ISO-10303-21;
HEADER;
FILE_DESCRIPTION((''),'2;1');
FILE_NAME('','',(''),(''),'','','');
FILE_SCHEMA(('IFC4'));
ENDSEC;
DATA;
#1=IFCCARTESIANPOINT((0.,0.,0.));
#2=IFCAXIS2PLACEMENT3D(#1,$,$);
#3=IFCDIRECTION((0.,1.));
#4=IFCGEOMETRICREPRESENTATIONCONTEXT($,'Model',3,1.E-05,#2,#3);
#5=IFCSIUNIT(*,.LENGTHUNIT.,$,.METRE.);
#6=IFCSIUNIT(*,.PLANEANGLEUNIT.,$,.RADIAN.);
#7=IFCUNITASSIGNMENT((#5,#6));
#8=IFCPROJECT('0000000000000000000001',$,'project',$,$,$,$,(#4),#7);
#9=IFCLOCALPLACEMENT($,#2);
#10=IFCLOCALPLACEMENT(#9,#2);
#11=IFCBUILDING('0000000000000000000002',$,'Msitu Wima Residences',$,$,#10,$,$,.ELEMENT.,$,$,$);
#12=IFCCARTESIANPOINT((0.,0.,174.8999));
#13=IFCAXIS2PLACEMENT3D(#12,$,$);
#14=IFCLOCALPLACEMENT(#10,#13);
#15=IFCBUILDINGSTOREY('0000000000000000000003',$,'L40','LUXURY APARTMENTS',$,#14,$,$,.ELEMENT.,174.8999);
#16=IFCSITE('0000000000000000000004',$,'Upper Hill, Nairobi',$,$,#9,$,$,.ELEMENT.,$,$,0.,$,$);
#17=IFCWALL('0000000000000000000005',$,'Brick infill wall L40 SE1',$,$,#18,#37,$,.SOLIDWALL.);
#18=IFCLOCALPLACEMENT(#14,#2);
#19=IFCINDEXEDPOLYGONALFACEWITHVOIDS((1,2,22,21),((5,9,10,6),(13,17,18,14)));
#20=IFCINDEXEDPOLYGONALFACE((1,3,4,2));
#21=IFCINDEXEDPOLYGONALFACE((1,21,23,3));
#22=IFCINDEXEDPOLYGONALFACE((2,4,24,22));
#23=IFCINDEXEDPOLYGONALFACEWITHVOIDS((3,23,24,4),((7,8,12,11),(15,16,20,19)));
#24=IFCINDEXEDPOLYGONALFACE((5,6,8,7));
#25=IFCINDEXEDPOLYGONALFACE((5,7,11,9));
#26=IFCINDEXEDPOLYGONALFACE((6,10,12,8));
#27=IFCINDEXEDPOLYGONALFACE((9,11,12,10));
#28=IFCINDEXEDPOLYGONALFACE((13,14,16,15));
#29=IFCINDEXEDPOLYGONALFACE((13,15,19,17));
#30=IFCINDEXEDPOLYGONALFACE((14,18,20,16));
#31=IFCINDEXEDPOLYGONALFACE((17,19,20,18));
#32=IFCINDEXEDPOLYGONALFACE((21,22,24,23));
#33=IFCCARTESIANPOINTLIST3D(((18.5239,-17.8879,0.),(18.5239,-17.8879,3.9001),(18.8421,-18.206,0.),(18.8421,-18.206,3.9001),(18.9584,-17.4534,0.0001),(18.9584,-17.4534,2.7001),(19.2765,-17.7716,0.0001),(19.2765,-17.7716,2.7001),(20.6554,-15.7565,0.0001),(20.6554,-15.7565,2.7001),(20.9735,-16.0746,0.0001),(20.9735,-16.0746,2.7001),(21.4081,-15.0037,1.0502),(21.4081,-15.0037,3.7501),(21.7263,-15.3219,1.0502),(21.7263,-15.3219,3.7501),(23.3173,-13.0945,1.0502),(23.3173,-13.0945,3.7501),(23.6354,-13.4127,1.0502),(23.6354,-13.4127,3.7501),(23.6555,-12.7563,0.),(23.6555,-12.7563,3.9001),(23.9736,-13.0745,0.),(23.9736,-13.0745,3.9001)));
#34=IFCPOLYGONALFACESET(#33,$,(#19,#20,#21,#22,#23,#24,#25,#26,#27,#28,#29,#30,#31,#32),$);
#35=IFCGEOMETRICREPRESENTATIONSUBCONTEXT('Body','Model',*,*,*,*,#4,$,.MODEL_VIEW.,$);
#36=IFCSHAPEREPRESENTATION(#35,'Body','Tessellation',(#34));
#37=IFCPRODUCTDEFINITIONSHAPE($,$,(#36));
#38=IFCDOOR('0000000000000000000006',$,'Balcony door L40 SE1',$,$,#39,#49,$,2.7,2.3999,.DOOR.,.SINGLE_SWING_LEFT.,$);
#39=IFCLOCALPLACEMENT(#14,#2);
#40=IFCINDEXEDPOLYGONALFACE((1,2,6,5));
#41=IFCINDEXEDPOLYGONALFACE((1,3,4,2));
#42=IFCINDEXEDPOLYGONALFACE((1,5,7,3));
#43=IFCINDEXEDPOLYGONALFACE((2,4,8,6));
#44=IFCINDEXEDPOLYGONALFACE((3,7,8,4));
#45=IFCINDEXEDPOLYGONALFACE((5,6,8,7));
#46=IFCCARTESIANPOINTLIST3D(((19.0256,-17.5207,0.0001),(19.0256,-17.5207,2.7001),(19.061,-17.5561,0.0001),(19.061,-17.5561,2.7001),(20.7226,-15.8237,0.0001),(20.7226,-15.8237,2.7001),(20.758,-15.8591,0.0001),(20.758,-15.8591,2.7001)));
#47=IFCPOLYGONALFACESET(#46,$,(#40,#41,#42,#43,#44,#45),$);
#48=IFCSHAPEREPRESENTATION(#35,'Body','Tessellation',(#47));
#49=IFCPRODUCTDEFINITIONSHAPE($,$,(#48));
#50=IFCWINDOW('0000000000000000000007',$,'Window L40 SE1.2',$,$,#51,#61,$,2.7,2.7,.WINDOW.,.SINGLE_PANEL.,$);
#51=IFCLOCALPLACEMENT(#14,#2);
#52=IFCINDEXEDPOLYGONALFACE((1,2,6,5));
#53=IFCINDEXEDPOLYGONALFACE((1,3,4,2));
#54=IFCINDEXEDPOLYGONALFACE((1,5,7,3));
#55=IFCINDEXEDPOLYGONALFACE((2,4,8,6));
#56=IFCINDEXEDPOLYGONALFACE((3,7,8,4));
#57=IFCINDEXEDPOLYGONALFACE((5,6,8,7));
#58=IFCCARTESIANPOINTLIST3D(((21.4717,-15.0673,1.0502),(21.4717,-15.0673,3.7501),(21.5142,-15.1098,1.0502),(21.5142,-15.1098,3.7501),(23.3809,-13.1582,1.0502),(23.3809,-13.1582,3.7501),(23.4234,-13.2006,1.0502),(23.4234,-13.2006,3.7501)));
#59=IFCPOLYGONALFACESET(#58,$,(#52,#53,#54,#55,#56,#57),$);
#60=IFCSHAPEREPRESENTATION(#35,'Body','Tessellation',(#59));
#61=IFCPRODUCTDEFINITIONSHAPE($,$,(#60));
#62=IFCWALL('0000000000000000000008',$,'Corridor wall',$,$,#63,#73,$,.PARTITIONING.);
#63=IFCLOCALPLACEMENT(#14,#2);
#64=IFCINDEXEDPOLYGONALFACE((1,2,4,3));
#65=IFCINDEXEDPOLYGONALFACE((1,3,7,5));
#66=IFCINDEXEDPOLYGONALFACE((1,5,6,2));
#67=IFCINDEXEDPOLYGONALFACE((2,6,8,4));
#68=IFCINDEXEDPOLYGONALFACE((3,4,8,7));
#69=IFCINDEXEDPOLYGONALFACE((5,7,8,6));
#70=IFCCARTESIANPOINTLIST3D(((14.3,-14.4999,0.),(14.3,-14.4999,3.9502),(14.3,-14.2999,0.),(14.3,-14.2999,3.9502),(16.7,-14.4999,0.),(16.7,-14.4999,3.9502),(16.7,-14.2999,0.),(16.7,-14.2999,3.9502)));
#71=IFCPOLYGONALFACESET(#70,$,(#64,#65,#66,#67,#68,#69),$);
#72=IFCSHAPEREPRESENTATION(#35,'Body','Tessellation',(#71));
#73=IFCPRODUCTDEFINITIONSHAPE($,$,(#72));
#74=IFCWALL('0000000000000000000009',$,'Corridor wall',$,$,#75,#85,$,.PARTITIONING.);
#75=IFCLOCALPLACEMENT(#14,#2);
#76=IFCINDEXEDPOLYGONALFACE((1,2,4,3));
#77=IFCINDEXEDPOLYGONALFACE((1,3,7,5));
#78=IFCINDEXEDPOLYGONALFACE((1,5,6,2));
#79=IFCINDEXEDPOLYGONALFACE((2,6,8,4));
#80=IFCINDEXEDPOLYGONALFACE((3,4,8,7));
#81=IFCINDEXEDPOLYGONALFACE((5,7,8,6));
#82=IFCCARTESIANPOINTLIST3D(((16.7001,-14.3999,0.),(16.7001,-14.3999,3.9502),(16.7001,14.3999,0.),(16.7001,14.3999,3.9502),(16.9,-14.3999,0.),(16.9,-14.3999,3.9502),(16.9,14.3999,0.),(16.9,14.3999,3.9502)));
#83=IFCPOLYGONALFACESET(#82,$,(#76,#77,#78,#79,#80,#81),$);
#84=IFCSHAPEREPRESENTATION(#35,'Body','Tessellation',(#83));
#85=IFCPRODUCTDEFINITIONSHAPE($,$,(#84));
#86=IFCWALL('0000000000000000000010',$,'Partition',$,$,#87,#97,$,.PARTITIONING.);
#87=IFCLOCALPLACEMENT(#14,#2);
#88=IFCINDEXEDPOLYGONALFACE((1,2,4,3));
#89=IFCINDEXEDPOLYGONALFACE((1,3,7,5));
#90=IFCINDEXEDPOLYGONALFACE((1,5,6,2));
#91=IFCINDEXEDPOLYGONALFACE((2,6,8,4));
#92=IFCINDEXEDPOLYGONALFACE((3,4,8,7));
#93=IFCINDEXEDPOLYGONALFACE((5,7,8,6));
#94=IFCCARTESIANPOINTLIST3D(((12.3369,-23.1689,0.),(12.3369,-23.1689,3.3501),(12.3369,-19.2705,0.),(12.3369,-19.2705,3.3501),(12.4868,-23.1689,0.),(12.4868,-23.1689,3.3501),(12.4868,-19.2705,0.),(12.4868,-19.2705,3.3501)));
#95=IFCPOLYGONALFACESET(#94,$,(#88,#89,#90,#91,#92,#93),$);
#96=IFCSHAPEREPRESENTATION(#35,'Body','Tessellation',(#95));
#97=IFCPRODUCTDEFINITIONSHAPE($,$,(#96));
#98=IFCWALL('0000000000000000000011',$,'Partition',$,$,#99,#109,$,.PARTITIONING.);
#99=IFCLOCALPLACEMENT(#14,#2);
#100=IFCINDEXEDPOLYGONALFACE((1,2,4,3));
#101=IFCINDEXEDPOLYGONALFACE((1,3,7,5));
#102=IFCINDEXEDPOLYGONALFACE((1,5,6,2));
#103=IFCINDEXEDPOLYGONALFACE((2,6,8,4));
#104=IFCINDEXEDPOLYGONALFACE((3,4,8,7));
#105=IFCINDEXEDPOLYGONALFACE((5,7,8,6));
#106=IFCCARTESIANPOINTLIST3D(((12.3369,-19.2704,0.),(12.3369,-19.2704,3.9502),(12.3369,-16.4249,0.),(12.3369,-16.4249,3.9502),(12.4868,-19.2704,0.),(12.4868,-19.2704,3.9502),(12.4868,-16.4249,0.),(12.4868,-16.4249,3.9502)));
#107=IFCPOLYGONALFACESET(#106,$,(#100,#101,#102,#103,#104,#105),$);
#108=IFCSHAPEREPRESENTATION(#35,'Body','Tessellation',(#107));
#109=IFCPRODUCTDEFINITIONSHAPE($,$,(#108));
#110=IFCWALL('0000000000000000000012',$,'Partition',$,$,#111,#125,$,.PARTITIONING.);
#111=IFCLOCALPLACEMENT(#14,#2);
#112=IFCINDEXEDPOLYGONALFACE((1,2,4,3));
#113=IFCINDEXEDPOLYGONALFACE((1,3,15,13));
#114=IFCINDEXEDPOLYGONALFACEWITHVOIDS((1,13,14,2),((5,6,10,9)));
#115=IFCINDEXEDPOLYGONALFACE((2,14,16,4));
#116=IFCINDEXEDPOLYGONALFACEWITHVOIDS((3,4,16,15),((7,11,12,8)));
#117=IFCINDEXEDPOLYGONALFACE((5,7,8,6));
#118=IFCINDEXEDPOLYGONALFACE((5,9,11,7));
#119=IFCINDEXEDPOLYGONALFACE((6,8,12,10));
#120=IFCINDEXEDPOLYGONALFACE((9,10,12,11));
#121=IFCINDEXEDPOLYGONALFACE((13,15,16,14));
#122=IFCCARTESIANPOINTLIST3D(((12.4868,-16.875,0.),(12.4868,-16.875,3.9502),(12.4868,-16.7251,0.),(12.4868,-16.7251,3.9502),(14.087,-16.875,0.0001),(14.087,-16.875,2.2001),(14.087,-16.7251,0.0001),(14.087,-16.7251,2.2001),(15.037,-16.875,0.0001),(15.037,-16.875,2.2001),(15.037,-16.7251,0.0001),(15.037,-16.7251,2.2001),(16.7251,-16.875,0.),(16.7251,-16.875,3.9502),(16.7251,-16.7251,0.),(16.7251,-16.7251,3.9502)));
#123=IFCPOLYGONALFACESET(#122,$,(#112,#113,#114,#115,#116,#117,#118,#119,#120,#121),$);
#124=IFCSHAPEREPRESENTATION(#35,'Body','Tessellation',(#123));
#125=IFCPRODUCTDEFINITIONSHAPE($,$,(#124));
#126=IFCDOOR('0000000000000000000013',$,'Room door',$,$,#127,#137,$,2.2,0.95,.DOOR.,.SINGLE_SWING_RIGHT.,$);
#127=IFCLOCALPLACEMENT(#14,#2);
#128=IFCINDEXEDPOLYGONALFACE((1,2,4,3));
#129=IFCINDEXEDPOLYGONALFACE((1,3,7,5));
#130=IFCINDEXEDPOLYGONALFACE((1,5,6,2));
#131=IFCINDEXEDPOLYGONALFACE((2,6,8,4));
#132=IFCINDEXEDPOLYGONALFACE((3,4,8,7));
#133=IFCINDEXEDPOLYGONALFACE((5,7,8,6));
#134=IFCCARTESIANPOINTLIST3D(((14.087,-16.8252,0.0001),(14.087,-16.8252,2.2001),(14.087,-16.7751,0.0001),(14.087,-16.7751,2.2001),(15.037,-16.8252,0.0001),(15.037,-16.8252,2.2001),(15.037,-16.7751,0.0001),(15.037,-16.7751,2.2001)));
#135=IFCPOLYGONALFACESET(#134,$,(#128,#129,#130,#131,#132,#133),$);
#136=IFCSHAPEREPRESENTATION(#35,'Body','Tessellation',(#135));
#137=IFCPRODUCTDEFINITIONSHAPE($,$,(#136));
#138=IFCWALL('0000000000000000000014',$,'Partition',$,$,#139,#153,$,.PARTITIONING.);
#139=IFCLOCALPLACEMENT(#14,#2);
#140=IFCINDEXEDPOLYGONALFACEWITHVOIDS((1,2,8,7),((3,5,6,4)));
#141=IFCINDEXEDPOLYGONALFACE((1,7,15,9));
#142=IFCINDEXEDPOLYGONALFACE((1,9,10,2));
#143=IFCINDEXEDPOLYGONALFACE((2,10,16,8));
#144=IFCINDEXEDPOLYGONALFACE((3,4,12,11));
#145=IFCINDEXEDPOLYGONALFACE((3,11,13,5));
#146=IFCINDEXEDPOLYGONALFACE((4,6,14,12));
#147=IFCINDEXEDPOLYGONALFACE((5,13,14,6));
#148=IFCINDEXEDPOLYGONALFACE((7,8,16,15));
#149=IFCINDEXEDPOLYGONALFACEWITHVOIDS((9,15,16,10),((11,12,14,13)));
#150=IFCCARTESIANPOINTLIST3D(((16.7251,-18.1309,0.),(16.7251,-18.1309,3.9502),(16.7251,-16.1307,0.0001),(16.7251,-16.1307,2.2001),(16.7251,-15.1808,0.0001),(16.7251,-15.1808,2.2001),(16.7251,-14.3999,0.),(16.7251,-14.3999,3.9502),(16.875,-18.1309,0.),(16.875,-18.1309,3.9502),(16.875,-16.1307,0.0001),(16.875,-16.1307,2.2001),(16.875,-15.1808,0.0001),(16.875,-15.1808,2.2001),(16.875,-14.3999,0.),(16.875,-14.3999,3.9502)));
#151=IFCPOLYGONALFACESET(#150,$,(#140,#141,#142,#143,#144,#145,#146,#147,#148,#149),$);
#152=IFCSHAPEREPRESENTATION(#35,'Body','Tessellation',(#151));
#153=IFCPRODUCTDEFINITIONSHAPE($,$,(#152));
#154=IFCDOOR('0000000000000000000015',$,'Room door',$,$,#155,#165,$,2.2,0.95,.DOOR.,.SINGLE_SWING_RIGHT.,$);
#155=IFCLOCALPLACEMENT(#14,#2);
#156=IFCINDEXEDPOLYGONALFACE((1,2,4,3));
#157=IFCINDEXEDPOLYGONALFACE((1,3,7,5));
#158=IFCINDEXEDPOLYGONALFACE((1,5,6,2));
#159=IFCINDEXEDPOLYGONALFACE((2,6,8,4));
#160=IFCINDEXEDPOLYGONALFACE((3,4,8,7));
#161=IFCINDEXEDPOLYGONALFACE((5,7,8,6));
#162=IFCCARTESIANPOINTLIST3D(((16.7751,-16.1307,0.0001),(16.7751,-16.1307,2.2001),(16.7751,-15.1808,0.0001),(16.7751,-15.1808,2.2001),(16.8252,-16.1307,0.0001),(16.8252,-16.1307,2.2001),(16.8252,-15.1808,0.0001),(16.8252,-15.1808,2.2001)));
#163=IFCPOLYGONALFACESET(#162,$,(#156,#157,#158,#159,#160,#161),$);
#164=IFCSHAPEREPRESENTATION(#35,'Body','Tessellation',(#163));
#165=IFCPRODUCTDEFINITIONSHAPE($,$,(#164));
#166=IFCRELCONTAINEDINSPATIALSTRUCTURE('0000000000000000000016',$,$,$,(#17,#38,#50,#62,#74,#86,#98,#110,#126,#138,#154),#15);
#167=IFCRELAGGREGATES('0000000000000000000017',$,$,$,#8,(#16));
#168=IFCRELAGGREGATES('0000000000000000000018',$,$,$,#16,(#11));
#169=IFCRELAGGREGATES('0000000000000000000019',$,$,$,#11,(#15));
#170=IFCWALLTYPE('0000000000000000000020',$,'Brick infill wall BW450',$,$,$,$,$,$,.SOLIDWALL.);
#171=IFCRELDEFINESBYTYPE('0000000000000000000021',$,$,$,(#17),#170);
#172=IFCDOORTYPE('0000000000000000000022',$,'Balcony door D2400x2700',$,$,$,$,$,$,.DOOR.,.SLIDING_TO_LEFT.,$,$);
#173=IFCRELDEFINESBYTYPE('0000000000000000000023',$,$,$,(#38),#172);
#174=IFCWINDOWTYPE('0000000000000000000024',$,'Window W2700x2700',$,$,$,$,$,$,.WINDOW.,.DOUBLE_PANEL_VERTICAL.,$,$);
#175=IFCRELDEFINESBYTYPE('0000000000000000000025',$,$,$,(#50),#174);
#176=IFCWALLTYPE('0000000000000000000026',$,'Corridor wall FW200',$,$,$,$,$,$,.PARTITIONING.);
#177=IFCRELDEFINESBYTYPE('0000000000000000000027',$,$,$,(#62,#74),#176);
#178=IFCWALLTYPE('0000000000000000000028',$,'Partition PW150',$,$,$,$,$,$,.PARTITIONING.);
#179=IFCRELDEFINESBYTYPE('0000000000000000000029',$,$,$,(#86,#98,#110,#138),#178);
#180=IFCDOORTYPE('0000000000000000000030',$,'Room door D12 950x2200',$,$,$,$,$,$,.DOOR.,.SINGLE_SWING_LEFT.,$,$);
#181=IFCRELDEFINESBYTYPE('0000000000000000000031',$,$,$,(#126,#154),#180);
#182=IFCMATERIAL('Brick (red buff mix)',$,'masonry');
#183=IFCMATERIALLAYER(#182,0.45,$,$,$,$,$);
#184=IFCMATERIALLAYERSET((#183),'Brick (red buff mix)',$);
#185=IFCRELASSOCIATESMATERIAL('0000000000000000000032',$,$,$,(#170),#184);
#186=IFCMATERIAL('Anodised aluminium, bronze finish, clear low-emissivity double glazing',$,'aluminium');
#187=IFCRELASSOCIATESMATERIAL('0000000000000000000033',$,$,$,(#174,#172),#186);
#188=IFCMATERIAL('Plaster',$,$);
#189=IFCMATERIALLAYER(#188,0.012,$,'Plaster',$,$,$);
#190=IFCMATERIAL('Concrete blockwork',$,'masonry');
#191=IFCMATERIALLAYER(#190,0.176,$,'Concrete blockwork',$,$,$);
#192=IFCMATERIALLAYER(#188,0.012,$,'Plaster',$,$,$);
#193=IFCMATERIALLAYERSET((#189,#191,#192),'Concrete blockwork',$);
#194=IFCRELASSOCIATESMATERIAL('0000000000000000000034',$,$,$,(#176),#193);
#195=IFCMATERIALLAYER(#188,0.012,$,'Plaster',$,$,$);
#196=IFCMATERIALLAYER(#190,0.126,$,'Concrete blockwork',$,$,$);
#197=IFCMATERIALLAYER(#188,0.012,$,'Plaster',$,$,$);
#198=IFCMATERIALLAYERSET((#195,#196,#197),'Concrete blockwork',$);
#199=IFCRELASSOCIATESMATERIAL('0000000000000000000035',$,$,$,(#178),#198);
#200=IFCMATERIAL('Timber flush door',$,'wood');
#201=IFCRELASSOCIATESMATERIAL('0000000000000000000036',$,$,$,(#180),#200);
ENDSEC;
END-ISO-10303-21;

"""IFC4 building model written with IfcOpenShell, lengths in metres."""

from ifc_helpers import new_model, si_unit, direction, frame, frame_2d, origin, place, context, subcontext, project, spatial, rectangle, extrude, material, layer, layer_set, type_object, element, fill, save


model = new_model("IFC4")

# Units and contexts
model_context = context("Model", 3, precision=1e-05, world=origin(), true_north=direction((0.0, 1.0)))
body_context = subcontext(model_context, "Body", "Model", "MODEL_VIEW")
ifc_project = project(units=[si_unit("LENGTHUNIT", "METRE"), si_unit("PLANEANGLEUNIT", "RADIAN")], contexts=[model_context])

# Site, building, storey
site_placement = place(None, origin())
site = spatial("IfcSite", under=ifc_project, at=site_placement, Name="Upper Hill, Nairobi", CompositionType="ELEMENT", RefElevation=0.0)
building_placement = place(site_placement, origin())
building = spatial("IfcBuilding", under=site, at=building_placement, Name="Msitu Wima Residences", CompositionType="ELEMENT")
storey_placement = place(building_placement, frame((0.0, 0.0, 174.8999)))
storey = spatial("IfcBuildingStorey", under=building, at=storey_placement, Name="L40", Description="LUXURY APARTMENTS", CompositionType="ELEMENT", Elevation=174.8999)

# Shared definitions
ifc_material_1 = material(Name="Brick (red buff mix)", Category="masonry")
ifc_layer_1 = layer(ifc_material_1, 0.45)
ifc_layer_set_1 = layer_set([ifc_layer_1], Name="Brick (red buff mix)")
wall_type_1 = type_object("IfcWallType", Name="Brick infill wall BW450", PredefinedType="SOLIDWALL", material=ifc_layer_set_1)
ifc_material_2 = material(Name="Anodised aluminium, bronze finish, clear low-emissivity double glazing", Category="aluminium")
window_type = type_object("IfcWindowType", Name="Window W2700x2700", PartitioningType="DOUBLE_PANEL_VERTICAL", PredefinedType="WINDOW", material=ifc_material_2)

# Wall, openings, door, window
wall_1_placement = place(storey_placement, frame((18.6831, -18.0469, 0.0), z_axis=(0.0, 0.0, 1.0), x_axis=(0.707107, 0.707107, 0.0)))
wall_1 = element("IfcWall", 1, at=wall_1_placement, inside=storey, type_object=wall_type_1, Name="Brick infill wall L40 SE1", PredefinedType="SOLIDWALL", context=body_context, shape_type="SweptSolid", body=[
    extrude(rectangle(XDim=7.2571, YDim=0.45, at=frame_2d((3.6284, 0.0))), origin(), (0.0, 0.0, 1.0), 3.9001),
])
opening_1_placement = place(wall_1_placement, frame((0.6143, 0.0, 0.0)))
opening_1 = element("IfcOpeningElement", 2, at=opening_1_placement, cuts=wall_1, PredefinedType="OPENING", context=body_context, shape_type="SweptSolid", body=[
    extrude(rectangle(XDim=2.3999, YDim=2.7, at=frame_2d((1.2, 1.3501))), frame((0.0, 0.2349, 0.0), z_axis=(0.0, -1.0, 0.0), x_axis=(1.0, 0.0, 0.0)), (0.0, 0.0, 1.0), 0.47),
])
opening_2_placement = place(wall_1_placement, frame((4.0786, 0.0, 1.05)))
opening_2 = element("IfcOpeningElement", 3, at=opening_2_placement, cuts=wall_1, PredefinedType="OPENING", context=body_context, shape_type="SweptSolid", body=[
    extrude(rectangle(XDim=2.7, YDim=2.7, at=frame_2d((1.3501, 1.3501))), frame((0.0, 0.2349, 0.0), z_axis=(0.0, -1.0, 0.0), x_axis=(1.0, 0.0, 0.0)), (0.0, 0.0, 1.0), 0.47),
])
door_type_1 = type_object("IfcDoorType", Name="Balcony door D2400x2700", OperationType="SLIDING_TO_LEFT", PredefinedType="DOOR", material=ifc_material_2)
door_1_placement = place(opening_1_placement, origin())
door_1 = element("IfcDoor", 4, at=door_1_placement, inside=storey, type_object=door_type_1, Name="Balcony door L40 SE1", OperationType="SINGLE_SWING_LEFT", OverallHeight=2.7, OverallWidth=2.3999, PredefinedType="DOOR", context=body_context, shape_type="SweptSolid", body=[
    extrude(rectangle(XDim=2.3999, YDim=2.7, at=frame_2d((1.2, 1.3501))), frame((0.0, 0.1299, 0.0), z_axis=(0.0, -1.0, 0.0), x_axis=(1.0, 0.0, 0.0)), (0.0, 0.0, 1.0), 0.05),
])
fill(opening_1, door_1)
window_1_placement = place(opening_2_placement, origin())
window_1 = element("IfcWindow", 5, at=window_1_placement, inside=storey, type_object=window_type, Name="Window L40 SE1.2", OverallHeight=2.7, OverallWidth=2.7, PartitioningType="SINGLE_PANEL", PredefinedType="WINDOW", context=body_context, shape_type="SweptSolid", body=[
    extrude(rectangle(XDim=2.7, YDim=2.7, at=frame_2d((1.3501, 1.3501))), frame((0.0, 0.135, 0.0), z_axis=(0.0, -1.0, 0.0), x_axis=(1.0, 0.0, 0.0)), (0.0, 0.0, 1.0), 0.0601),
])
fill(opening_2, window_1)

# Shared definitions
ifc_material_3 = material(Name="Plaster")
ifc_layer_2 = layer(ifc_material_3, 0.012, Name="Plaster")
ifc_material_4 = material(Name="Concrete blockwork", Category="masonry")
ifc_layer_3 = layer(ifc_material_4, 0.176, Name="Concrete blockwork")
ifc_layer_4 = layer(ifc_material_3, 0.012, Name="Plaster")
ifc_layer_set_2 = layer_set([ifc_layer_2, ifc_layer_3, ifc_layer_4], Name="Concrete blockwork")
wall_type_2 = type_object("IfcWallType", Name="Corridor wall FW200", PredefinedType="PARTITIONING", material=ifc_layer_set_2)

# Walls
wall_2_placement = place(storey_placement, frame((14.3, -14.3999, 0.0), z_axis=(0.0, 0.0, 1.0), x_axis=(1.0, 0.0, 0.0)))
element("IfcWall", 6, at=wall_2_placement, inside=storey, type_object=wall_type_2, Name="Corridor wall", PredefinedType="PARTITIONING", context=body_context, shape_type="SweptSolid", body=[
    extrude(rectangle(XDim=2.3999, YDim=0.2, at=frame_2d((1.2, 0.0))), origin(), (0.0, 0.0, 1.0), 3.9502),
])
wall_3_placement = place(storey_placement, frame((16.8, -14.3999, 0.0), z_axis=(0.0, 0.0, 1.0), x_axis=(0.0, 1.0, 0.0)))
element("IfcWall", 7, at=wall_3_placement, inside=storey, type_object=wall_type_2, Name="Corridor wall", PredefinedType="PARTITIONING", context=body_context, shape_type="SweptSolid", body=[
    extrude(rectangle(XDim=28.7998, YDim=0.2, at=frame_2d((14.3999, 0.0))), origin(), (0.0, 0.0, 1.0), 3.9502),
])
ifc_layer_5 = layer(ifc_material_3, 0.012, Name="Plaster")
ifc_layer_6 = layer(ifc_material_4, 0.126, Name="Concrete blockwork")
ifc_layer_7 = layer(ifc_material_3, 0.012, Name="Plaster")
ifc_layer_set_3 = layer_set([ifc_layer_5, ifc_layer_6, ifc_layer_7], Name="Concrete blockwork")
wall_type_3 = type_object("IfcWallType", Name="Partition PW150", PredefinedType="PARTITIONING", material=ifc_layer_set_3)
wall_4_placement = place(storey_placement, frame((12.4119, -23.1689, 0.0), z_axis=(0.0, 0.0, 1.0), x_axis=(0.0, 1.0, 0.0)))
element("IfcWall", 8, at=wall_4_placement, inside=storey, type_object=wall_type_3, Name="Partition", PredefinedType="PARTITIONING", context=body_context, shape_type="SweptSolid", body=[
    extrude(rectangle(XDim=3.8984, YDim=0.1499, at=frame_2d((1.9492, 0.0))), origin(), (0.0, 0.0, 1.0), 3.3501),
])
wall_5_placement = place(storey_placement, frame((12.4119, -19.2705, 0.0), z_axis=(0.0, 0.0, 1.0), x_axis=(0.0, 1.0, 0.0)))
element("IfcWall", 9, at=wall_5_placement, inside=storey, type_object=wall_type_3, Name="Partition", PredefinedType="PARTITIONING", context=body_context, shape_type="SweptSolid", body=[
    extrude(rectangle(XDim=2.8455, YDim=0.1499, at=frame_2d((1.4229, 0.0))), origin(), (0.0, 0.0, 1.0), 3.9502),
])

# Walls, openings, doors
wall_6_placement = place(storey_placement, frame((12.4868, -16.8, 0.0), z_axis=(0.0, 0.0, 1.0), x_axis=(1.0, 0.0, 0.0)))
wall_6 = element("IfcWall", 10, at=wall_6_placement, inside=storey, type_object=wall_type_3, Name="Partition", PredefinedType="PARTITIONING", context=body_context, shape_type="SweptSolid", body=[
    extrude(rectangle(XDim=4.2383, YDim=0.1499, at=frame_2d((2.1191, 0.0))), origin(), (0.0, 0.0, 1.0), 3.9502),
])
opening_3_placement = place(wall_6_placement, frame((1.6001, 0.0, 0.0)))
opening_3 = element("IfcOpeningElement", 11, at=opening_3_placement, cuts=wall_6, PredefinedType="OPENING", context=body_context, shape_type="SweptSolid", body=[
    extrude(rectangle(XDim=0.95, YDim=2.2, at=frame_2d((0.4751, 1.1001))), frame((0.0, 0.085, 0.0), z_axis=(0.0, -1.0, 0.0), x_axis=(1.0, 0.0, 0.0)), (0.0, 0.0, 1.0), 0.1699),
])
ifc_material_5 = material(Name="Timber flush door", Category="wood")
door_type_2 = type_object("IfcDoorType", Name="Room door D12 950x2200", OperationType="SINGLE_SWING_LEFT", PredefinedType="DOOR", material=ifc_material_5)
door_2_placement = place(opening_3_placement, origin())
door_2 = element("IfcDoor", 12, at=door_2_placement, inside=storey, type_object=door_type_2, Name="Room door", OperationType="SINGLE_SWING_RIGHT", OverallHeight=2.2, OverallWidth=0.95, PredefinedType="DOOR", context=body_context, shape_type="SweptSolid", body=[
    extrude(rectangle(XDim=0.95, YDim=2.2, at=frame_2d((0.4751, 1.1001))), frame((0.0, 0.0249, 0.0), z_axis=(0.0, -1.0, 0.0), x_axis=(1.0, 0.0, 0.0)), (0.0, 0.0, 1.0), 0.05),
])
fill(opening_3, door_2)
wall_7_placement = place(storey_placement, frame((16.8, -18.1309, 0.0), z_axis=(0.0, 0.0, 1.0), x_axis=(0.0, 1.0, 0.0)))
wall_7 = element("IfcWall", 13, at=wall_7_placement, inside=storey, type_object=wall_type_3, Name="Partition", PredefinedType="PARTITIONING", context=body_context, shape_type="SweptSolid", body=[
    extrude(rectangle(XDim=3.731, YDim=0.1499, at=frame_2d((1.8655, 0.0))), origin(), (0.0, 0.0, 1.0), 3.9502),
])
opening_4_placement = place(wall_7_placement, frame((2.0, 0.0, 0.0)))
opening_4 = element("IfcOpeningElement", 14, at=opening_4_placement, cuts=wall_7, PredefinedType="OPENING", context=body_context, shape_type="SweptSolid", body=[
    extrude(rectangle(XDim=0.95, YDim=2.2, at=frame_2d((0.4751, 1.1001))), frame((0.0, 0.085, 0.0), z_axis=(0.0, -1.0, 0.0), x_axis=(1.0, 0.0, 0.0)), (0.0, 0.0, 1.0), 0.1699),
])
door_3_placement = place(opening_4_placement, origin())
door_3 = element("IfcDoor", 15, at=door_3_placement, inside=storey, type_object=door_type_2, Name="Room door", OperationType="SINGLE_SWING_RIGHT", OverallHeight=2.2, OverallWidth=0.95, PredefinedType="DOOR", context=body_context, shape_type="SweptSolid", body=[
    extrude(rectangle(XDim=0.95, YDim=2.2, at=frame_2d((0.4751, 1.1001))), frame((0.0, 0.0249, 0.0), z_axis=(0.0, -1.0, 0.0), x_axis=(1.0, 0.0, 0.0)), (0.0, 0.0, 1.0), 0.05),
])
fill(opening_4, door_3)

save(model, "model.ifc")
